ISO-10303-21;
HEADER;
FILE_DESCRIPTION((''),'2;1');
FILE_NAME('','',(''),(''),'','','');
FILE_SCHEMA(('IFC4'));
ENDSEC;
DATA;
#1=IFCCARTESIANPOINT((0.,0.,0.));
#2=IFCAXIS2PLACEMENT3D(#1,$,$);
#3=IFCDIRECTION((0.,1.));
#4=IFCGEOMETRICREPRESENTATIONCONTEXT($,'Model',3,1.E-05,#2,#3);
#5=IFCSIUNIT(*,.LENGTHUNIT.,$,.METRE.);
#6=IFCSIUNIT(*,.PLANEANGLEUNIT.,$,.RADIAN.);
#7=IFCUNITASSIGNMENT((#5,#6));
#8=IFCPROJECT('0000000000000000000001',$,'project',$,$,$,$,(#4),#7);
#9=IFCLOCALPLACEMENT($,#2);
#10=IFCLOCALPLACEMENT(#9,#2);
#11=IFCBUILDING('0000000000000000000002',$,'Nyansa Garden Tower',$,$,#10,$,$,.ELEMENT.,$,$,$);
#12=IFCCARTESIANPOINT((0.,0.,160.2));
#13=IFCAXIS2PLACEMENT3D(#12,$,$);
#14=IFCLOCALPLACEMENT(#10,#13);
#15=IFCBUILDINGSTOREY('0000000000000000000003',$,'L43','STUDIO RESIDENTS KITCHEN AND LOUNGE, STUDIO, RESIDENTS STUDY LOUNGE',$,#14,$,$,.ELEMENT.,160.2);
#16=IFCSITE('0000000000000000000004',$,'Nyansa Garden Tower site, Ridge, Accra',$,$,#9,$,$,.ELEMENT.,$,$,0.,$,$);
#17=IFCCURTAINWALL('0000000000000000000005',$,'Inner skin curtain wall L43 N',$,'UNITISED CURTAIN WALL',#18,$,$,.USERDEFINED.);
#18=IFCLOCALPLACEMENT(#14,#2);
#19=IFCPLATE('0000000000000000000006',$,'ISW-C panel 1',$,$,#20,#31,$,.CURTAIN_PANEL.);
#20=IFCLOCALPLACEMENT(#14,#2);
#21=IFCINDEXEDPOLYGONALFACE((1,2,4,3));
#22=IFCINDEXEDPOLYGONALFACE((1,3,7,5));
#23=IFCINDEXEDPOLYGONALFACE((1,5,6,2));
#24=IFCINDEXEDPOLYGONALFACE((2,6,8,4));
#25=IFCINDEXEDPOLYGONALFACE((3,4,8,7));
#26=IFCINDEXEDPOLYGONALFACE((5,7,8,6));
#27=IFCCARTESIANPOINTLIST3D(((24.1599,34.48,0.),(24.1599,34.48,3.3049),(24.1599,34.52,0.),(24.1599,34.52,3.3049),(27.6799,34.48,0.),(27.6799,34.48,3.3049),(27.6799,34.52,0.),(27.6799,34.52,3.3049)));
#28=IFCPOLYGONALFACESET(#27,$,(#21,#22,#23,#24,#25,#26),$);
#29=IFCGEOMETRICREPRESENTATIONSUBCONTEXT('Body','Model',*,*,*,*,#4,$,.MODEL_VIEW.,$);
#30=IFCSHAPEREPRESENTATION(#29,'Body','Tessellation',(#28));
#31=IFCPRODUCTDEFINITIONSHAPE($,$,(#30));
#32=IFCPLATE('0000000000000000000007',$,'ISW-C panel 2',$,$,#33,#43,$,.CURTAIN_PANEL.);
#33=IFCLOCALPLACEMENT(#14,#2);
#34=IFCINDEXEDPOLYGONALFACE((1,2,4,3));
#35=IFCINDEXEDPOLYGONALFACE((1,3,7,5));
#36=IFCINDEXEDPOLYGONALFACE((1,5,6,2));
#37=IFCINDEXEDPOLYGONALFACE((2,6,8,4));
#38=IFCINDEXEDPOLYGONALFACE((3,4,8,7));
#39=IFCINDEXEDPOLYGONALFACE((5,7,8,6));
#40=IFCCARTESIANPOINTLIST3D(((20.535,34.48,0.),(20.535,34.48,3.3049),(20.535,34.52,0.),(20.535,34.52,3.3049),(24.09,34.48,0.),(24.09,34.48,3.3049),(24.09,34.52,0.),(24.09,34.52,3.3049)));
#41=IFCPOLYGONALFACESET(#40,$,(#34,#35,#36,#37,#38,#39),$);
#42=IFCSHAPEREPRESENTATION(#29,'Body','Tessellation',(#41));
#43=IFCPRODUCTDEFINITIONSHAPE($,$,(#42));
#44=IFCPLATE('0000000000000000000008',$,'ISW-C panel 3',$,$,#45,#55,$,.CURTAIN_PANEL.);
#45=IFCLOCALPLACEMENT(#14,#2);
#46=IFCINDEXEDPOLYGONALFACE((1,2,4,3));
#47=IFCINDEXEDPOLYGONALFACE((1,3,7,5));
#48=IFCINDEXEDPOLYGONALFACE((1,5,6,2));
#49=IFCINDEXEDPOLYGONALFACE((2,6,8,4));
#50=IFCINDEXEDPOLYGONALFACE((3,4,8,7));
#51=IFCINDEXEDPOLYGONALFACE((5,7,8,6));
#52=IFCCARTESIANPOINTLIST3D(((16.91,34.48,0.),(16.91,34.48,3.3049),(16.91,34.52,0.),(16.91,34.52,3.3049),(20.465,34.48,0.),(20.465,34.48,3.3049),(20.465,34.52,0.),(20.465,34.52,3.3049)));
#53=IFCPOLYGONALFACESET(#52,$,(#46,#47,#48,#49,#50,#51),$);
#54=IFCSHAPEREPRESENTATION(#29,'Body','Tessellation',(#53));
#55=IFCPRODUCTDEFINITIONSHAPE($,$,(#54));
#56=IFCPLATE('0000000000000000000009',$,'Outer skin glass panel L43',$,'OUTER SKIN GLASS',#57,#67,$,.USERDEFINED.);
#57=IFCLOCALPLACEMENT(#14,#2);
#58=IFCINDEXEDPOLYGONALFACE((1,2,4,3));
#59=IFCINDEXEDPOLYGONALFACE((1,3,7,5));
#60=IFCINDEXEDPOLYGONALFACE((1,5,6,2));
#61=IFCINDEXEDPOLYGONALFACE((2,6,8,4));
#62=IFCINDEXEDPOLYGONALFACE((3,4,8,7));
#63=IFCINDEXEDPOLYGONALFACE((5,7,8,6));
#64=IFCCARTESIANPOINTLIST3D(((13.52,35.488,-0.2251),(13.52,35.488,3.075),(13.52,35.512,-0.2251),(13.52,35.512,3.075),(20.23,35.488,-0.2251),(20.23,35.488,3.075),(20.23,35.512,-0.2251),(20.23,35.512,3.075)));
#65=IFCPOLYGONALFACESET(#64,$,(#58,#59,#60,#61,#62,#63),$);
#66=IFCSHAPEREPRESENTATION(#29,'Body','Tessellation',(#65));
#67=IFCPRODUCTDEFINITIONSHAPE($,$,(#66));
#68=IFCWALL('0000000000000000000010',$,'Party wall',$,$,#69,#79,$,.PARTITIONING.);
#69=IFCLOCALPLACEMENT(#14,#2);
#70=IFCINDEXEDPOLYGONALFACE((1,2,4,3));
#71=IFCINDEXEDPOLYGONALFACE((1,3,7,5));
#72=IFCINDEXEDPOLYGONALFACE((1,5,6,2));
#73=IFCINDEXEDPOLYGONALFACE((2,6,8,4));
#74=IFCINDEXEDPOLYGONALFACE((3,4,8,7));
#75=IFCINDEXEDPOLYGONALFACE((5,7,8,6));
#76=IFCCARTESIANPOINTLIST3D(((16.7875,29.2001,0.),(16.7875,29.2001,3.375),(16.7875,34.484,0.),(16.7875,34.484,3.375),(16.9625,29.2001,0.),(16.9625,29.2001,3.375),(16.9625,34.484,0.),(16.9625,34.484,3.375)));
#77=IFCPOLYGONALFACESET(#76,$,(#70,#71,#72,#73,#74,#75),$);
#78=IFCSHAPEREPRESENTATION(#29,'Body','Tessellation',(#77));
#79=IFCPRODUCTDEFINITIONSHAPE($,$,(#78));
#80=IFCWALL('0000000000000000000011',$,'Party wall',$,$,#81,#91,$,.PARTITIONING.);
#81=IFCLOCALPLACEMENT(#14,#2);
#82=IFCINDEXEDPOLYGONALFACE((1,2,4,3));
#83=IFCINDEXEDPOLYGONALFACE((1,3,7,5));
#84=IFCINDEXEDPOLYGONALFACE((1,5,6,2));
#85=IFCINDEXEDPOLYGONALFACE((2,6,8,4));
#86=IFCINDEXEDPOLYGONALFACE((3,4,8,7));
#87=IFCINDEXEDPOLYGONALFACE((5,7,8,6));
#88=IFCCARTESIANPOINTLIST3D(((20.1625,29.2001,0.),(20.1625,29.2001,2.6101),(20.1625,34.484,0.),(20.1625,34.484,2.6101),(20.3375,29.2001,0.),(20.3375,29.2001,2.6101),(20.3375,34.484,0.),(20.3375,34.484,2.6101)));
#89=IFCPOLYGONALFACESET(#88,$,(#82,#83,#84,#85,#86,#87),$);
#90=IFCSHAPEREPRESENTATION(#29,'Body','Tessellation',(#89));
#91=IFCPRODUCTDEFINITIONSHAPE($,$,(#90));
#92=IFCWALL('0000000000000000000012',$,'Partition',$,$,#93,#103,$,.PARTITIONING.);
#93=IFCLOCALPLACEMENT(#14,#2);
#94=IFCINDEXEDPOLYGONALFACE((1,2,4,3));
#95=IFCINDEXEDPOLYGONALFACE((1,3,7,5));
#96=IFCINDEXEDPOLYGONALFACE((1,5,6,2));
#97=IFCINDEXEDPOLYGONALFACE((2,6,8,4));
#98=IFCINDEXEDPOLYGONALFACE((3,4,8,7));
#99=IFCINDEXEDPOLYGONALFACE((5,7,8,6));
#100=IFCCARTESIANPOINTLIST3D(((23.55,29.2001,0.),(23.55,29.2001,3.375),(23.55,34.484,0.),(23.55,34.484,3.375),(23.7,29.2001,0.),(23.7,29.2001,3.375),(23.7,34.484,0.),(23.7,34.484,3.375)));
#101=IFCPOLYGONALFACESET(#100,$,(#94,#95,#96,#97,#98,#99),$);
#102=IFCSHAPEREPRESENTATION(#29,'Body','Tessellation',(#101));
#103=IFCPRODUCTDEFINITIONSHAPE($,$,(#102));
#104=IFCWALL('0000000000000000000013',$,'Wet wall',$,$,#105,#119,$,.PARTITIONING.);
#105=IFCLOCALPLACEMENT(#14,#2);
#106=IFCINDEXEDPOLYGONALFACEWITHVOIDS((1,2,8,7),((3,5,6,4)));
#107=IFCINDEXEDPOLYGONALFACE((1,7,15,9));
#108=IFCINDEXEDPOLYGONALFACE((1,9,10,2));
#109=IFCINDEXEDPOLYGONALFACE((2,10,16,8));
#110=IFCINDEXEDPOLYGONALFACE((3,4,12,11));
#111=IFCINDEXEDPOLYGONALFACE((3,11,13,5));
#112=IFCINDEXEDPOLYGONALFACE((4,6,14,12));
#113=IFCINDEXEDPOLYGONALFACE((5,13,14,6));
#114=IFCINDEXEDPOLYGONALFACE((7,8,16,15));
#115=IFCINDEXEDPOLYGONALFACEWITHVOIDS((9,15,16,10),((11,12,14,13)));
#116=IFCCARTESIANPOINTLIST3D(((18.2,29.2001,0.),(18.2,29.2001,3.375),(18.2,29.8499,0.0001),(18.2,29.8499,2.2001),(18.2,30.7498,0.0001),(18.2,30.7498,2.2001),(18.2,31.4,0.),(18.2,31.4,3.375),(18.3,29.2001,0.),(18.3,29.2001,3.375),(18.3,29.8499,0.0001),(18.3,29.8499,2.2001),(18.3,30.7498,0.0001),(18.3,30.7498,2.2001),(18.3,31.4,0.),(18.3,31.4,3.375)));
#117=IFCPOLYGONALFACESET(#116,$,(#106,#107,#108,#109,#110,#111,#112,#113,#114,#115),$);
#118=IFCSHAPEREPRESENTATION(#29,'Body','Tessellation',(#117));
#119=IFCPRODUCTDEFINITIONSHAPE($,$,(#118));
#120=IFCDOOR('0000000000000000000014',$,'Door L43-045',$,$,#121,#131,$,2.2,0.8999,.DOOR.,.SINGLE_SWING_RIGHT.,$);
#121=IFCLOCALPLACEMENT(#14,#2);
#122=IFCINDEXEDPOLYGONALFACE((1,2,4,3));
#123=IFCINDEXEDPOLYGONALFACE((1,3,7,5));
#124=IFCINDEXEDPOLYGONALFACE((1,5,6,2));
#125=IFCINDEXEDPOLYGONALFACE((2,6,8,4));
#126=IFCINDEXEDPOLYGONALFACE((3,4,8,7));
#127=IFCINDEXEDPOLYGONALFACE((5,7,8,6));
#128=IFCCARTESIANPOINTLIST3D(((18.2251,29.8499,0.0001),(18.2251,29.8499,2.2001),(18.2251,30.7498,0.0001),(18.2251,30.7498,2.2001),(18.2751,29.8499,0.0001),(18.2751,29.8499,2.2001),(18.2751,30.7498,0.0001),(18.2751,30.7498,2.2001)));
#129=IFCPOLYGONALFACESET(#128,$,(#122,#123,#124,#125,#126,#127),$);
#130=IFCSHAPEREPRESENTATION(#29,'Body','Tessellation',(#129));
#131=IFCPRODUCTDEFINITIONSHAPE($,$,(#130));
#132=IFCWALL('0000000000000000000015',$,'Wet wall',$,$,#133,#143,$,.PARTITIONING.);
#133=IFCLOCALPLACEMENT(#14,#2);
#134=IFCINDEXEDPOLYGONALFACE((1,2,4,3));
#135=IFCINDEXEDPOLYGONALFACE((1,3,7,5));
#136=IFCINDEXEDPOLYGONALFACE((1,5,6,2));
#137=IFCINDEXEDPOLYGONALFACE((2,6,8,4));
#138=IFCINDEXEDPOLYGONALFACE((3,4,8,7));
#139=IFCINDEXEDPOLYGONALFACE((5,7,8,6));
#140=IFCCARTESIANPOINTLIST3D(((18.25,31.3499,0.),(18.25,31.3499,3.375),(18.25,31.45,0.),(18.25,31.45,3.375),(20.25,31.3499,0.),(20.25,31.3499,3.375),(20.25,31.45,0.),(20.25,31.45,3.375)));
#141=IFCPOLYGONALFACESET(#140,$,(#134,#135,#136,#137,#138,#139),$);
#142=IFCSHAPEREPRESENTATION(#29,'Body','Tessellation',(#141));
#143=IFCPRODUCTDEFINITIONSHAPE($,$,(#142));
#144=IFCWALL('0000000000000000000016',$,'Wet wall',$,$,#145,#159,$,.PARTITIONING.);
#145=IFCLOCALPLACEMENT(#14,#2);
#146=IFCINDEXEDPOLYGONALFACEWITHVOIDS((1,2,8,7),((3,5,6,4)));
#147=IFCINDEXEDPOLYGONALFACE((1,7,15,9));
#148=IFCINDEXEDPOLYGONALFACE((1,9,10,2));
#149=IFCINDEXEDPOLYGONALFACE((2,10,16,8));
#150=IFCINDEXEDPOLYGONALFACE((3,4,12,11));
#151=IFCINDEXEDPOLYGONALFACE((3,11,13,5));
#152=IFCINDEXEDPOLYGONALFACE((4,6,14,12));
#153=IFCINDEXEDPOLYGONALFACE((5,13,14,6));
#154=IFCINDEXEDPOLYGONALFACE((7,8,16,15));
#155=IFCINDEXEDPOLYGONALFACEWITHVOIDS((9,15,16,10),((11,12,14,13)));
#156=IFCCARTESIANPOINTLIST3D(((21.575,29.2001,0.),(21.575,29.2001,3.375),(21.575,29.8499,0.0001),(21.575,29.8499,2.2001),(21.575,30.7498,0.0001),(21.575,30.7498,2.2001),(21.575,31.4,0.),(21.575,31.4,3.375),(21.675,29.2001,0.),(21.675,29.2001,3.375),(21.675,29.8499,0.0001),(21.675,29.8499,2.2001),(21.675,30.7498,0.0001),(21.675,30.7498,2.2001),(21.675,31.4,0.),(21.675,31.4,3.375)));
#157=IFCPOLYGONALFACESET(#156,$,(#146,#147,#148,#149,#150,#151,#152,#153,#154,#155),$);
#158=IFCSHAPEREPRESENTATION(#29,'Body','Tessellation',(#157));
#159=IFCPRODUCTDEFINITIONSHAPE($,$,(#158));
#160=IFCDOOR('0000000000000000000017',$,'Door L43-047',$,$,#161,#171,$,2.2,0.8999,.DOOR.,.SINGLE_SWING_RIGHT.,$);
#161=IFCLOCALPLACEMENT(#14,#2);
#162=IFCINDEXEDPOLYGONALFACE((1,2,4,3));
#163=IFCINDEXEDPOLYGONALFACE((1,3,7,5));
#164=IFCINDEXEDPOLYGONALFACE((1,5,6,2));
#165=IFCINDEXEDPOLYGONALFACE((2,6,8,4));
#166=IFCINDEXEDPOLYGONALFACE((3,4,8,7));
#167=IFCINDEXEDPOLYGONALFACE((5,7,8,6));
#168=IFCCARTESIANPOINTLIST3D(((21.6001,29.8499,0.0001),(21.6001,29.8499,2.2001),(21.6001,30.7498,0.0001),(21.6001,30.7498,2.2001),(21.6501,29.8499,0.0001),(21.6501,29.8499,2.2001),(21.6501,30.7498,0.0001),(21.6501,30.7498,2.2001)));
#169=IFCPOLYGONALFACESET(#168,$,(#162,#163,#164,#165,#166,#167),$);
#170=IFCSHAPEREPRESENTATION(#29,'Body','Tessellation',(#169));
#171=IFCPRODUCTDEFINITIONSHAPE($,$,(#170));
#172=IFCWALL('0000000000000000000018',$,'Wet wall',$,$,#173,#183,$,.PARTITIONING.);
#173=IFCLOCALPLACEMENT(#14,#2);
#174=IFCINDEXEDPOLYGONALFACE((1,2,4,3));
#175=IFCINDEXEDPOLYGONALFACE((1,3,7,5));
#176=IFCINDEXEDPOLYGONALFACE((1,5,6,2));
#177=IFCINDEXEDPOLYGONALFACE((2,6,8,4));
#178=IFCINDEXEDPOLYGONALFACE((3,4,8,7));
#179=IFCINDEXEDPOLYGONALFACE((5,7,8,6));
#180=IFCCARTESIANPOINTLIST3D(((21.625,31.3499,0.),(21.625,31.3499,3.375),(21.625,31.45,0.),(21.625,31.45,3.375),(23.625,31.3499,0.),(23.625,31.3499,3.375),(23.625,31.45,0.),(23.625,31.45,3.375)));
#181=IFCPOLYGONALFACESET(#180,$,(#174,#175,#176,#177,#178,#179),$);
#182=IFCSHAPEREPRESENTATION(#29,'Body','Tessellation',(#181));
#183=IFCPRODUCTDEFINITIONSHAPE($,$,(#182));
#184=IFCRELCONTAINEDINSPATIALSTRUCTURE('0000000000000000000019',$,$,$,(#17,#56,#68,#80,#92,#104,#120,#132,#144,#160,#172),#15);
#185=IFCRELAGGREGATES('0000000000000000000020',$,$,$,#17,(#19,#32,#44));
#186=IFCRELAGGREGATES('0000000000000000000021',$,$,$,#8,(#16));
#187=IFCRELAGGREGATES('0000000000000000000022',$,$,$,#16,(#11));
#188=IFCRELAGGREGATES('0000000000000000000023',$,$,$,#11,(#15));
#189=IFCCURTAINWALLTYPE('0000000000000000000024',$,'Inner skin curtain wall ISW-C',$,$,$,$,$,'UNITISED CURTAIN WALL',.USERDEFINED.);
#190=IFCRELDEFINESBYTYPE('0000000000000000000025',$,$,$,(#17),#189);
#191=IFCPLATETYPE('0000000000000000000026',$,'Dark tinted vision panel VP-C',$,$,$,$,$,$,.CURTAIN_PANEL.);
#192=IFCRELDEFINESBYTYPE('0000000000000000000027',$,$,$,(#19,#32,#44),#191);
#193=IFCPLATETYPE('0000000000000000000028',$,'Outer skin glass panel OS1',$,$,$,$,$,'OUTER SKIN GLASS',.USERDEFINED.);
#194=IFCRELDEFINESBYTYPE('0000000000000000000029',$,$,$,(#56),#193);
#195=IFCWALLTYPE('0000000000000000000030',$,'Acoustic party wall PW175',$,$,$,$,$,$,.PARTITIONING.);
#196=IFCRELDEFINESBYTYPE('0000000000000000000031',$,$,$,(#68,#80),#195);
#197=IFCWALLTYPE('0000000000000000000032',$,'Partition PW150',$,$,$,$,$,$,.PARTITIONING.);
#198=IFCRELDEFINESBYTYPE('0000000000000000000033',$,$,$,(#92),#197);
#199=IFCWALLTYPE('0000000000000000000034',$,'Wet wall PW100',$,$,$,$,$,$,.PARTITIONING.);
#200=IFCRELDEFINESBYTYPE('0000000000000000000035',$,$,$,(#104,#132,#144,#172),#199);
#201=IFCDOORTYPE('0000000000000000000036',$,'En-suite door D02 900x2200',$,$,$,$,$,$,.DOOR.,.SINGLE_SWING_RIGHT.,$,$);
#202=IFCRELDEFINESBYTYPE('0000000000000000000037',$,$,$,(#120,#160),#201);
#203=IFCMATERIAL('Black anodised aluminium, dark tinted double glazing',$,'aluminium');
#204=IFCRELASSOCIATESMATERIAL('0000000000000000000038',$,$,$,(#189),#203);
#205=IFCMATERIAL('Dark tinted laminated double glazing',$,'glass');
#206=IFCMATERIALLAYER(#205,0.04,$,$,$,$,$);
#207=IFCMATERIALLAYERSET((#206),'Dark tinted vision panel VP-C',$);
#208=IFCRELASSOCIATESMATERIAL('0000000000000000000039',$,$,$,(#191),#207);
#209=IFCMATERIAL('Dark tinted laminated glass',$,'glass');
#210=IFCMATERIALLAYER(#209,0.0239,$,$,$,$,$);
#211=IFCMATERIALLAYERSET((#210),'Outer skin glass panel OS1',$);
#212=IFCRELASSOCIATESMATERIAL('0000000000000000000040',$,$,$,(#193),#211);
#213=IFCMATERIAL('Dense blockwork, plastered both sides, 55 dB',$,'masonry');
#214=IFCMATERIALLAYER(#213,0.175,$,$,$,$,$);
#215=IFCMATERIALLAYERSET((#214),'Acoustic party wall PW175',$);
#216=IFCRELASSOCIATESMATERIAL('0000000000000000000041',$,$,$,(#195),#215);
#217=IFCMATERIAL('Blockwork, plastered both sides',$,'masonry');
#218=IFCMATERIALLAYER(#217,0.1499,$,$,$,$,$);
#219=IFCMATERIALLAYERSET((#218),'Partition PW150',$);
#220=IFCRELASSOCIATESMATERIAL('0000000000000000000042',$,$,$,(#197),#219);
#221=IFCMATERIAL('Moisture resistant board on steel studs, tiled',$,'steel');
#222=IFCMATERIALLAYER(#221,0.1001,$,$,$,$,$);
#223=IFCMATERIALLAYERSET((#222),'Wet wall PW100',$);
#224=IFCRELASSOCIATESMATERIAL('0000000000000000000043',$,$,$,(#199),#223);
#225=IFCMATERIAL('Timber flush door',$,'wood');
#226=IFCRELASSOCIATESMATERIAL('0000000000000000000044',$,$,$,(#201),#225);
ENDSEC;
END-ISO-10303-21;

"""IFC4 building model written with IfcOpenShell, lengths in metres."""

from ifc_helpers import new_model, si_unit, direction, frame, frame_2d, origin, origin_2d, place, context, subcontext, project, spatial, rectangle, extrude, material, layer, layer_set, type_object, element, fill, aggregate, save


model = new_model("IFC4")

# Units and contexts
model_context = context("Model", 3, precision=1e-05, world=origin(), true_north=direction((0.0, 1.0)))
body_context = subcontext(model_context, "Body", "Model", "MODEL_VIEW")
ifc_project = project(units=[si_unit("LENGTHUNIT", "METRE"), si_unit("PLANEANGLEUNIT", "RADIAN")], contexts=[model_context])

# Site, building, storey
site_placement = place(None, origin())
site = spatial("IfcSite", under=ifc_project, at=site_placement, Name="Nyansa Garden Tower site, Ridge, Accra", CompositionType="ELEMENT", RefElevation=0.0)
building_placement = place(site_placement, origin())
building = spatial("IfcBuilding", under=site, at=building_placement, Name="Nyansa Garden Tower", CompositionType="ELEMENT")
storey_placement = place(building_placement, frame((0.0, 0.0, 160.2)))
storey = spatial("IfcBuildingStorey", under=building, at=storey_placement, Name="L43", Description="STUDIO RESIDENTS KITCHEN AND LOUNGE, STUDIO, RESIDENTS STUDY LOUNGE", CompositionType="ELEMENT", Elevation=160.2)

# Curtain wall
ifc_material_1 = material(Name="Black anodised aluminium, dark tinted double glazing", Category="aluminium")
curtain_wall_type = type_object("IfcCurtainWallType", Name="Inner skin curtain wall ISW-C", ElementType="UNITISED CURTAIN WALL", PredefinedType="USERDEFINED", material=ifc_material_1)
curtain_wall_placement = place(storey_placement, origin())
curtain_wall = element("IfcCurtainWall", 1, at=curtain_wall_placement, inside=storey, type_object=curtain_wall_type, Name="Inner skin curtain wall L43 N", ObjectType="UNITISED CURTAIN WALL", PredefinedType="USERDEFINED")

# Plates
ifc_material_2 = material(Name="Dark tinted laminated double glazing", Category="glass")
ifc_layer_1 = layer(ifc_material_2, 0.04)
ifc_layer_set_1 = layer_set([ifc_layer_1], Name="Dark tinted vision panel VP-C")
plate_type_1 = type_object("IfcPlateType", Name="Dark tinted vision panel VP-C", PredefinedType="CURTAIN_PANEL", material=ifc_layer_set_1)
plate_1_placement = place(storey_placement, frame((25.9199, 34.5, 0.0), z_axis=(0.0, 0.0, 1.0), x_axis=(-1.0, 0.0, 0.0)))
plate_1 = element("IfcPlate", 2, at=plate_1_placement, type_object=plate_type_1, Name="ISW-C panel 1", PredefinedType="CURTAIN_PANEL", context=body_context, shape_type="SweptSolid", body=[
    extrude(rectangle(XDim=3.52, YDim=0.04, at=origin_2d()), origin(), (0.0, 0.0, 1.0), 3.3049),
])
plate_2_placement = place(storey_placement, frame((22.3125, 34.5, 0.0), z_axis=(0.0, 0.0, 1.0), x_axis=(-1.0, 0.0, 0.0)))
plate_2 = element("IfcPlate", 3, at=plate_2_placement, type_object=plate_type_1, Name="ISW-C panel 2", PredefinedType="CURTAIN_PANEL", context=body_context, shape_type="SweptSolid", body=[
    extrude(rectangle(XDim=3.5549, YDim=0.04, at=origin_2d()), origin(), (0.0, 0.0, 1.0), 3.3049),
])
plate_3_placement = place(storey_placement, frame((18.6875, 34.5, 0.0), z_axis=(0.0, 0.0, 1.0), x_axis=(-1.0, 0.0, 0.0)))
plate_3 = element("IfcPlate", 4, at=plate_3_placement, type_object=plate_type_1, Name="ISW-C panel 3", PredefinedType="CURTAIN_PANEL", context=body_context, shape_type="SweptSolid", body=[
    extrude(rectangle(XDim=3.5549, YDim=0.04, at=origin_2d()), origin(), (0.0, 0.0, 1.0), 3.3049),
])
aggregate(curtain_wall, [plate_1, plate_2, plate_3])
ifc_material_3 = material(Name="Dark tinted laminated glass", Category="glass")
ifc_layer_2 = layer(ifc_material_3, 0.0239)
ifc_layer_set_2 = layer_set([ifc_layer_2], Name="Outer skin glass panel OS1")
plate_type_2 = type_object("IfcPlateType", Name="Outer skin glass panel OS1", ElementType="OUTER SKIN GLASS", PredefinedType="USERDEFINED", material=ifc_layer_set_2)
plate_4_placement = place(storey_placement, frame((16.875, 35.5, -0.2251), z_axis=(0.0, 0.0, 1.0), x_axis=(1.0, 0.0, 0.0)))
element("IfcPlate", 5, at=plate_4_placement, inside=storey, type_object=plate_type_2, Name="Outer skin glass panel L43", ObjectType="OUTER SKIN GLASS", PredefinedType="USERDEFINED", context=body_context, shape_type="SweptSolid", body=[
    extrude(rectangle(XDim=6.71, YDim=0.0239, at=origin_2d()), origin(), (0.0, 0.0, 1.0), 3.3),
])

# Walls
ifc_material_4 = material(Name="Dense blockwork, plastered both sides, 55 dB", Category="masonry")
ifc_layer_3 = layer(ifc_material_4, 0.175)
ifc_layer_set_3 = layer_set([ifc_layer_3], Name="Acoustic party wall PW175")
wall_type_1 = type_object("IfcWallType", Name="Acoustic party wall PW175", PredefinedType="PARTITIONING", material=ifc_layer_set_3)
wall_1_placement = place(storey_placement, frame((16.875, 29.2, 0.0), z_axis=(0.0, 0.0, 1.0), x_axis=(0.0, 1.0, 0.0)))
element("IfcWall", 6, at=wall_1_placement, inside=storey, type_object=wall_type_1, Name="Party wall", PredefinedType="PARTITIONING", context=body_context, shape_type="SweptSolid", body=[
    extrude(rectangle(XDim=5.2839, YDim=0.175, at=frame_2d((2.6421, 0.0))), origin(), (0.0, 0.0, 1.0), 3.375),
])
wall_2_placement = place(storey_placement, frame((20.25, 29.2, 0.0), z_axis=(0.0, 0.0, 1.0), x_axis=(0.0, 1.0, 0.0)))
element("IfcWall", 7, at=wall_2_placement, inside=storey, type_object=wall_type_1, Name="Party wall", PredefinedType="PARTITIONING", context=body_context, shape_type="SweptSolid", body=[
    extrude(rectangle(XDim=5.2839, YDim=0.175, at=frame_2d((2.6421, 0.0))), origin(), (0.0, 0.0, 1.0), 2.6101),
])
ifc_material_5 = material(Name="Blockwork, plastered both sides", Category="masonry")
ifc_layer_4 = layer(ifc_material_5, 0.1499)
ifc_layer_set_4 = layer_set([ifc_layer_4], Name="Partition PW150")
wall_type_2 = type_object("IfcWallType", Name="Partition PW150", PredefinedType="PARTITIONING", material=ifc_layer_set_4)
wall_3_placement = place(storey_placement, frame((23.625, 29.2, 0.0), z_axis=(0.0, 0.0, 1.0), x_axis=(0.0, 1.0, 0.0)))
element("IfcWall", 8, at=wall_3_placement, inside=storey, type_object=wall_type_2, Name="Partition", PredefinedType="PARTITIONING", context=body_context, shape_type="SweptSolid", body=[
    extrude(rectangle(XDim=5.2839, YDim=0.1499, at=frame_2d((2.6421, 0.0))), origin(), (0.0, 0.0, 1.0), 3.375),
])

# Wall, opening, door
ifc_material_6 = material(Name="Moisture resistant board on steel studs, tiled", Category="steel")
ifc_layer_5 = layer(ifc_material_6, 0.1001)
ifc_layer_set_5 = layer_set([ifc_layer_5], Name="Wet wall PW100")
wall_type_3 = type_object("IfcWallType", Name="Wet wall PW100", PredefinedType="PARTITIONING", material=ifc_layer_set_5)
wall_4_placement = place(storey_placement, frame((18.25, 29.2, 0.0), z_axis=(0.0, 0.0, 1.0), x_axis=(0.0, 1.0, 0.0)))
wall_4 = element("IfcWall", 9, at=wall_4_placement, inside=storey, type_object=wall_type_3, Name="Wet wall", PredefinedType="PARTITIONING", context=body_context, shape_type="SweptSolid", body=[
    extrude(rectangle(XDim=2.2, YDim=0.1001, at=frame_2d((1.1001, 0.0))), origin(), (0.0, 0.0, 1.0), 3.375),
])
opening_1_placement = place(wall_4_placement, frame((0.6499, 0.0, 0.0)))
opening_1 = element("IfcOpeningElement", 10, at=opening_1_placement, cuts=wall_4, PredefinedType="OPENING", context=body_context, shape_type="SweptSolid", body=[
    extrude(rectangle(XDim=0.8999, YDim=2.2, at=frame_2d((0.45, 1.1001))), frame((0.0, 0.0601, 0.0), z_axis=(0.0, -1.0, 0.0), x_axis=(1.0, 0.0, 0.0)), (0.0, 0.0, 1.0), 0.1201),
])
ifc_material_7 = material(Name="Timber flush door", Category="wood")
door_type = type_object("IfcDoorType", Name="En-suite door D02 900x2200", OperationType="SINGLE_SWING_RIGHT", PredefinedType="DOOR", material=ifc_material_7)
door_1_placement = place(opening_1_placement, origin())
door_1 = element("IfcDoor", 11, at=door_1_placement, inside=storey, type_object=door_type, Name="Door L43-045", OperationType="SINGLE_SWING_RIGHT", OverallHeight=2.2, OverallWidth=0.8999, PredefinedType="DOOR", context=body_context, shape_type="SweptSolid", body=[
    extrude(rectangle(XDim=0.8999, YDim=2.2, at=frame_2d((0.45, 1.1001))), frame((0.0, 0.0249, 0.0), z_axis=(0.0, -1.0, 0.0), x_axis=(1.0, 0.0, 0.0)), (0.0, 0.0, 1.0), 0.05),
])
fill(opening_1, door_1)

# Wall
wall_5_placement = place(storey_placement, frame((18.25, 31.3999, 0.0), z_axis=(0.0, 0.0, 1.0), x_axis=(1.0, 0.0, 0.0)))
element("IfcWall", 12, at=wall_5_placement, inside=storey, type_object=wall_type_3, Name="Wet wall", PredefinedType="PARTITIONING", context=body_context, shape_type="SweptSolid", body=[
    extrude(rectangle(XDim=2.0, YDim=0.1001, at=frame_2d((1.0, 0.0))), origin(), (0.0, 0.0, 1.0), 3.375),
])

# Wall, opening, door
wall_6_placement = place(storey_placement, frame((21.625, 29.2, 0.0), z_axis=(0.0, 0.0, 1.0), x_axis=(0.0, 1.0, 0.0)))
wall_6 = element("IfcWall", 13, at=wall_6_placement, inside=storey, type_object=wall_type_3, Name="Wet wall", PredefinedType="PARTITIONING", context=body_context, shape_type="SweptSolid", body=[
    extrude(rectangle(XDim=2.2, YDim=0.1001, at=frame_2d((1.1001, 0.0))), origin(), (0.0, 0.0, 1.0), 3.375),
])
opening_2_placement = place(wall_6_placement, frame((0.6499, 0.0, 0.0)))
opening_2 = element("IfcOpeningElement", 14, at=opening_2_placement, cuts=wall_6, PredefinedType="OPENING", context=body_context, shape_type="SweptSolid", body=[
    extrude(rectangle(XDim=0.8999, YDim=2.2, at=frame_2d((0.45, 1.1001))), frame((0.0, 0.0601, 0.0), z_axis=(0.0, -1.0, 0.0), x_axis=(1.0, 0.0, 0.0)), (0.0, 0.0, 1.0), 0.1201),
])
door_2_placement = place(opening_2_placement, origin())
door_2 = element("IfcDoor", 15, at=door_2_placement, inside=storey, type_object=door_type, Name="Door L43-047", OperationType="SINGLE_SWING_RIGHT", OverallHeight=2.2, OverallWidth=0.8999, PredefinedType="DOOR", context=body_context, shape_type="SweptSolid", body=[
    extrude(rectangle(XDim=0.8999, YDim=2.2, at=frame_2d((0.45, 1.1001))), frame((0.0, 0.0249, 0.0), z_axis=(0.0, -1.0, 0.0), x_axis=(1.0, 0.0, 0.0)), (0.0, 0.0, 1.0), 0.05),
])
fill(opening_2, door_2)

# Wall
wall_7_placement = place(storey_placement, frame((21.625, 31.3999, 0.0), z_axis=(0.0, 0.0, 1.0), x_axis=(1.0, 0.0, 0.0)))
element("IfcWall", 16, at=wall_7_placement, inside=storey, type_object=wall_type_3, Name="Wet wall", PredefinedType="PARTITIONING", context=body_context, shape_type="SweptSolid", body=[
    extrude(rectangle(XDim=2.0, YDim=0.1001, at=frame_2d((1.0, 0.0))), origin(), (0.0, 0.0, 1.0), 3.375),
])

save(model, "model.ifc")
